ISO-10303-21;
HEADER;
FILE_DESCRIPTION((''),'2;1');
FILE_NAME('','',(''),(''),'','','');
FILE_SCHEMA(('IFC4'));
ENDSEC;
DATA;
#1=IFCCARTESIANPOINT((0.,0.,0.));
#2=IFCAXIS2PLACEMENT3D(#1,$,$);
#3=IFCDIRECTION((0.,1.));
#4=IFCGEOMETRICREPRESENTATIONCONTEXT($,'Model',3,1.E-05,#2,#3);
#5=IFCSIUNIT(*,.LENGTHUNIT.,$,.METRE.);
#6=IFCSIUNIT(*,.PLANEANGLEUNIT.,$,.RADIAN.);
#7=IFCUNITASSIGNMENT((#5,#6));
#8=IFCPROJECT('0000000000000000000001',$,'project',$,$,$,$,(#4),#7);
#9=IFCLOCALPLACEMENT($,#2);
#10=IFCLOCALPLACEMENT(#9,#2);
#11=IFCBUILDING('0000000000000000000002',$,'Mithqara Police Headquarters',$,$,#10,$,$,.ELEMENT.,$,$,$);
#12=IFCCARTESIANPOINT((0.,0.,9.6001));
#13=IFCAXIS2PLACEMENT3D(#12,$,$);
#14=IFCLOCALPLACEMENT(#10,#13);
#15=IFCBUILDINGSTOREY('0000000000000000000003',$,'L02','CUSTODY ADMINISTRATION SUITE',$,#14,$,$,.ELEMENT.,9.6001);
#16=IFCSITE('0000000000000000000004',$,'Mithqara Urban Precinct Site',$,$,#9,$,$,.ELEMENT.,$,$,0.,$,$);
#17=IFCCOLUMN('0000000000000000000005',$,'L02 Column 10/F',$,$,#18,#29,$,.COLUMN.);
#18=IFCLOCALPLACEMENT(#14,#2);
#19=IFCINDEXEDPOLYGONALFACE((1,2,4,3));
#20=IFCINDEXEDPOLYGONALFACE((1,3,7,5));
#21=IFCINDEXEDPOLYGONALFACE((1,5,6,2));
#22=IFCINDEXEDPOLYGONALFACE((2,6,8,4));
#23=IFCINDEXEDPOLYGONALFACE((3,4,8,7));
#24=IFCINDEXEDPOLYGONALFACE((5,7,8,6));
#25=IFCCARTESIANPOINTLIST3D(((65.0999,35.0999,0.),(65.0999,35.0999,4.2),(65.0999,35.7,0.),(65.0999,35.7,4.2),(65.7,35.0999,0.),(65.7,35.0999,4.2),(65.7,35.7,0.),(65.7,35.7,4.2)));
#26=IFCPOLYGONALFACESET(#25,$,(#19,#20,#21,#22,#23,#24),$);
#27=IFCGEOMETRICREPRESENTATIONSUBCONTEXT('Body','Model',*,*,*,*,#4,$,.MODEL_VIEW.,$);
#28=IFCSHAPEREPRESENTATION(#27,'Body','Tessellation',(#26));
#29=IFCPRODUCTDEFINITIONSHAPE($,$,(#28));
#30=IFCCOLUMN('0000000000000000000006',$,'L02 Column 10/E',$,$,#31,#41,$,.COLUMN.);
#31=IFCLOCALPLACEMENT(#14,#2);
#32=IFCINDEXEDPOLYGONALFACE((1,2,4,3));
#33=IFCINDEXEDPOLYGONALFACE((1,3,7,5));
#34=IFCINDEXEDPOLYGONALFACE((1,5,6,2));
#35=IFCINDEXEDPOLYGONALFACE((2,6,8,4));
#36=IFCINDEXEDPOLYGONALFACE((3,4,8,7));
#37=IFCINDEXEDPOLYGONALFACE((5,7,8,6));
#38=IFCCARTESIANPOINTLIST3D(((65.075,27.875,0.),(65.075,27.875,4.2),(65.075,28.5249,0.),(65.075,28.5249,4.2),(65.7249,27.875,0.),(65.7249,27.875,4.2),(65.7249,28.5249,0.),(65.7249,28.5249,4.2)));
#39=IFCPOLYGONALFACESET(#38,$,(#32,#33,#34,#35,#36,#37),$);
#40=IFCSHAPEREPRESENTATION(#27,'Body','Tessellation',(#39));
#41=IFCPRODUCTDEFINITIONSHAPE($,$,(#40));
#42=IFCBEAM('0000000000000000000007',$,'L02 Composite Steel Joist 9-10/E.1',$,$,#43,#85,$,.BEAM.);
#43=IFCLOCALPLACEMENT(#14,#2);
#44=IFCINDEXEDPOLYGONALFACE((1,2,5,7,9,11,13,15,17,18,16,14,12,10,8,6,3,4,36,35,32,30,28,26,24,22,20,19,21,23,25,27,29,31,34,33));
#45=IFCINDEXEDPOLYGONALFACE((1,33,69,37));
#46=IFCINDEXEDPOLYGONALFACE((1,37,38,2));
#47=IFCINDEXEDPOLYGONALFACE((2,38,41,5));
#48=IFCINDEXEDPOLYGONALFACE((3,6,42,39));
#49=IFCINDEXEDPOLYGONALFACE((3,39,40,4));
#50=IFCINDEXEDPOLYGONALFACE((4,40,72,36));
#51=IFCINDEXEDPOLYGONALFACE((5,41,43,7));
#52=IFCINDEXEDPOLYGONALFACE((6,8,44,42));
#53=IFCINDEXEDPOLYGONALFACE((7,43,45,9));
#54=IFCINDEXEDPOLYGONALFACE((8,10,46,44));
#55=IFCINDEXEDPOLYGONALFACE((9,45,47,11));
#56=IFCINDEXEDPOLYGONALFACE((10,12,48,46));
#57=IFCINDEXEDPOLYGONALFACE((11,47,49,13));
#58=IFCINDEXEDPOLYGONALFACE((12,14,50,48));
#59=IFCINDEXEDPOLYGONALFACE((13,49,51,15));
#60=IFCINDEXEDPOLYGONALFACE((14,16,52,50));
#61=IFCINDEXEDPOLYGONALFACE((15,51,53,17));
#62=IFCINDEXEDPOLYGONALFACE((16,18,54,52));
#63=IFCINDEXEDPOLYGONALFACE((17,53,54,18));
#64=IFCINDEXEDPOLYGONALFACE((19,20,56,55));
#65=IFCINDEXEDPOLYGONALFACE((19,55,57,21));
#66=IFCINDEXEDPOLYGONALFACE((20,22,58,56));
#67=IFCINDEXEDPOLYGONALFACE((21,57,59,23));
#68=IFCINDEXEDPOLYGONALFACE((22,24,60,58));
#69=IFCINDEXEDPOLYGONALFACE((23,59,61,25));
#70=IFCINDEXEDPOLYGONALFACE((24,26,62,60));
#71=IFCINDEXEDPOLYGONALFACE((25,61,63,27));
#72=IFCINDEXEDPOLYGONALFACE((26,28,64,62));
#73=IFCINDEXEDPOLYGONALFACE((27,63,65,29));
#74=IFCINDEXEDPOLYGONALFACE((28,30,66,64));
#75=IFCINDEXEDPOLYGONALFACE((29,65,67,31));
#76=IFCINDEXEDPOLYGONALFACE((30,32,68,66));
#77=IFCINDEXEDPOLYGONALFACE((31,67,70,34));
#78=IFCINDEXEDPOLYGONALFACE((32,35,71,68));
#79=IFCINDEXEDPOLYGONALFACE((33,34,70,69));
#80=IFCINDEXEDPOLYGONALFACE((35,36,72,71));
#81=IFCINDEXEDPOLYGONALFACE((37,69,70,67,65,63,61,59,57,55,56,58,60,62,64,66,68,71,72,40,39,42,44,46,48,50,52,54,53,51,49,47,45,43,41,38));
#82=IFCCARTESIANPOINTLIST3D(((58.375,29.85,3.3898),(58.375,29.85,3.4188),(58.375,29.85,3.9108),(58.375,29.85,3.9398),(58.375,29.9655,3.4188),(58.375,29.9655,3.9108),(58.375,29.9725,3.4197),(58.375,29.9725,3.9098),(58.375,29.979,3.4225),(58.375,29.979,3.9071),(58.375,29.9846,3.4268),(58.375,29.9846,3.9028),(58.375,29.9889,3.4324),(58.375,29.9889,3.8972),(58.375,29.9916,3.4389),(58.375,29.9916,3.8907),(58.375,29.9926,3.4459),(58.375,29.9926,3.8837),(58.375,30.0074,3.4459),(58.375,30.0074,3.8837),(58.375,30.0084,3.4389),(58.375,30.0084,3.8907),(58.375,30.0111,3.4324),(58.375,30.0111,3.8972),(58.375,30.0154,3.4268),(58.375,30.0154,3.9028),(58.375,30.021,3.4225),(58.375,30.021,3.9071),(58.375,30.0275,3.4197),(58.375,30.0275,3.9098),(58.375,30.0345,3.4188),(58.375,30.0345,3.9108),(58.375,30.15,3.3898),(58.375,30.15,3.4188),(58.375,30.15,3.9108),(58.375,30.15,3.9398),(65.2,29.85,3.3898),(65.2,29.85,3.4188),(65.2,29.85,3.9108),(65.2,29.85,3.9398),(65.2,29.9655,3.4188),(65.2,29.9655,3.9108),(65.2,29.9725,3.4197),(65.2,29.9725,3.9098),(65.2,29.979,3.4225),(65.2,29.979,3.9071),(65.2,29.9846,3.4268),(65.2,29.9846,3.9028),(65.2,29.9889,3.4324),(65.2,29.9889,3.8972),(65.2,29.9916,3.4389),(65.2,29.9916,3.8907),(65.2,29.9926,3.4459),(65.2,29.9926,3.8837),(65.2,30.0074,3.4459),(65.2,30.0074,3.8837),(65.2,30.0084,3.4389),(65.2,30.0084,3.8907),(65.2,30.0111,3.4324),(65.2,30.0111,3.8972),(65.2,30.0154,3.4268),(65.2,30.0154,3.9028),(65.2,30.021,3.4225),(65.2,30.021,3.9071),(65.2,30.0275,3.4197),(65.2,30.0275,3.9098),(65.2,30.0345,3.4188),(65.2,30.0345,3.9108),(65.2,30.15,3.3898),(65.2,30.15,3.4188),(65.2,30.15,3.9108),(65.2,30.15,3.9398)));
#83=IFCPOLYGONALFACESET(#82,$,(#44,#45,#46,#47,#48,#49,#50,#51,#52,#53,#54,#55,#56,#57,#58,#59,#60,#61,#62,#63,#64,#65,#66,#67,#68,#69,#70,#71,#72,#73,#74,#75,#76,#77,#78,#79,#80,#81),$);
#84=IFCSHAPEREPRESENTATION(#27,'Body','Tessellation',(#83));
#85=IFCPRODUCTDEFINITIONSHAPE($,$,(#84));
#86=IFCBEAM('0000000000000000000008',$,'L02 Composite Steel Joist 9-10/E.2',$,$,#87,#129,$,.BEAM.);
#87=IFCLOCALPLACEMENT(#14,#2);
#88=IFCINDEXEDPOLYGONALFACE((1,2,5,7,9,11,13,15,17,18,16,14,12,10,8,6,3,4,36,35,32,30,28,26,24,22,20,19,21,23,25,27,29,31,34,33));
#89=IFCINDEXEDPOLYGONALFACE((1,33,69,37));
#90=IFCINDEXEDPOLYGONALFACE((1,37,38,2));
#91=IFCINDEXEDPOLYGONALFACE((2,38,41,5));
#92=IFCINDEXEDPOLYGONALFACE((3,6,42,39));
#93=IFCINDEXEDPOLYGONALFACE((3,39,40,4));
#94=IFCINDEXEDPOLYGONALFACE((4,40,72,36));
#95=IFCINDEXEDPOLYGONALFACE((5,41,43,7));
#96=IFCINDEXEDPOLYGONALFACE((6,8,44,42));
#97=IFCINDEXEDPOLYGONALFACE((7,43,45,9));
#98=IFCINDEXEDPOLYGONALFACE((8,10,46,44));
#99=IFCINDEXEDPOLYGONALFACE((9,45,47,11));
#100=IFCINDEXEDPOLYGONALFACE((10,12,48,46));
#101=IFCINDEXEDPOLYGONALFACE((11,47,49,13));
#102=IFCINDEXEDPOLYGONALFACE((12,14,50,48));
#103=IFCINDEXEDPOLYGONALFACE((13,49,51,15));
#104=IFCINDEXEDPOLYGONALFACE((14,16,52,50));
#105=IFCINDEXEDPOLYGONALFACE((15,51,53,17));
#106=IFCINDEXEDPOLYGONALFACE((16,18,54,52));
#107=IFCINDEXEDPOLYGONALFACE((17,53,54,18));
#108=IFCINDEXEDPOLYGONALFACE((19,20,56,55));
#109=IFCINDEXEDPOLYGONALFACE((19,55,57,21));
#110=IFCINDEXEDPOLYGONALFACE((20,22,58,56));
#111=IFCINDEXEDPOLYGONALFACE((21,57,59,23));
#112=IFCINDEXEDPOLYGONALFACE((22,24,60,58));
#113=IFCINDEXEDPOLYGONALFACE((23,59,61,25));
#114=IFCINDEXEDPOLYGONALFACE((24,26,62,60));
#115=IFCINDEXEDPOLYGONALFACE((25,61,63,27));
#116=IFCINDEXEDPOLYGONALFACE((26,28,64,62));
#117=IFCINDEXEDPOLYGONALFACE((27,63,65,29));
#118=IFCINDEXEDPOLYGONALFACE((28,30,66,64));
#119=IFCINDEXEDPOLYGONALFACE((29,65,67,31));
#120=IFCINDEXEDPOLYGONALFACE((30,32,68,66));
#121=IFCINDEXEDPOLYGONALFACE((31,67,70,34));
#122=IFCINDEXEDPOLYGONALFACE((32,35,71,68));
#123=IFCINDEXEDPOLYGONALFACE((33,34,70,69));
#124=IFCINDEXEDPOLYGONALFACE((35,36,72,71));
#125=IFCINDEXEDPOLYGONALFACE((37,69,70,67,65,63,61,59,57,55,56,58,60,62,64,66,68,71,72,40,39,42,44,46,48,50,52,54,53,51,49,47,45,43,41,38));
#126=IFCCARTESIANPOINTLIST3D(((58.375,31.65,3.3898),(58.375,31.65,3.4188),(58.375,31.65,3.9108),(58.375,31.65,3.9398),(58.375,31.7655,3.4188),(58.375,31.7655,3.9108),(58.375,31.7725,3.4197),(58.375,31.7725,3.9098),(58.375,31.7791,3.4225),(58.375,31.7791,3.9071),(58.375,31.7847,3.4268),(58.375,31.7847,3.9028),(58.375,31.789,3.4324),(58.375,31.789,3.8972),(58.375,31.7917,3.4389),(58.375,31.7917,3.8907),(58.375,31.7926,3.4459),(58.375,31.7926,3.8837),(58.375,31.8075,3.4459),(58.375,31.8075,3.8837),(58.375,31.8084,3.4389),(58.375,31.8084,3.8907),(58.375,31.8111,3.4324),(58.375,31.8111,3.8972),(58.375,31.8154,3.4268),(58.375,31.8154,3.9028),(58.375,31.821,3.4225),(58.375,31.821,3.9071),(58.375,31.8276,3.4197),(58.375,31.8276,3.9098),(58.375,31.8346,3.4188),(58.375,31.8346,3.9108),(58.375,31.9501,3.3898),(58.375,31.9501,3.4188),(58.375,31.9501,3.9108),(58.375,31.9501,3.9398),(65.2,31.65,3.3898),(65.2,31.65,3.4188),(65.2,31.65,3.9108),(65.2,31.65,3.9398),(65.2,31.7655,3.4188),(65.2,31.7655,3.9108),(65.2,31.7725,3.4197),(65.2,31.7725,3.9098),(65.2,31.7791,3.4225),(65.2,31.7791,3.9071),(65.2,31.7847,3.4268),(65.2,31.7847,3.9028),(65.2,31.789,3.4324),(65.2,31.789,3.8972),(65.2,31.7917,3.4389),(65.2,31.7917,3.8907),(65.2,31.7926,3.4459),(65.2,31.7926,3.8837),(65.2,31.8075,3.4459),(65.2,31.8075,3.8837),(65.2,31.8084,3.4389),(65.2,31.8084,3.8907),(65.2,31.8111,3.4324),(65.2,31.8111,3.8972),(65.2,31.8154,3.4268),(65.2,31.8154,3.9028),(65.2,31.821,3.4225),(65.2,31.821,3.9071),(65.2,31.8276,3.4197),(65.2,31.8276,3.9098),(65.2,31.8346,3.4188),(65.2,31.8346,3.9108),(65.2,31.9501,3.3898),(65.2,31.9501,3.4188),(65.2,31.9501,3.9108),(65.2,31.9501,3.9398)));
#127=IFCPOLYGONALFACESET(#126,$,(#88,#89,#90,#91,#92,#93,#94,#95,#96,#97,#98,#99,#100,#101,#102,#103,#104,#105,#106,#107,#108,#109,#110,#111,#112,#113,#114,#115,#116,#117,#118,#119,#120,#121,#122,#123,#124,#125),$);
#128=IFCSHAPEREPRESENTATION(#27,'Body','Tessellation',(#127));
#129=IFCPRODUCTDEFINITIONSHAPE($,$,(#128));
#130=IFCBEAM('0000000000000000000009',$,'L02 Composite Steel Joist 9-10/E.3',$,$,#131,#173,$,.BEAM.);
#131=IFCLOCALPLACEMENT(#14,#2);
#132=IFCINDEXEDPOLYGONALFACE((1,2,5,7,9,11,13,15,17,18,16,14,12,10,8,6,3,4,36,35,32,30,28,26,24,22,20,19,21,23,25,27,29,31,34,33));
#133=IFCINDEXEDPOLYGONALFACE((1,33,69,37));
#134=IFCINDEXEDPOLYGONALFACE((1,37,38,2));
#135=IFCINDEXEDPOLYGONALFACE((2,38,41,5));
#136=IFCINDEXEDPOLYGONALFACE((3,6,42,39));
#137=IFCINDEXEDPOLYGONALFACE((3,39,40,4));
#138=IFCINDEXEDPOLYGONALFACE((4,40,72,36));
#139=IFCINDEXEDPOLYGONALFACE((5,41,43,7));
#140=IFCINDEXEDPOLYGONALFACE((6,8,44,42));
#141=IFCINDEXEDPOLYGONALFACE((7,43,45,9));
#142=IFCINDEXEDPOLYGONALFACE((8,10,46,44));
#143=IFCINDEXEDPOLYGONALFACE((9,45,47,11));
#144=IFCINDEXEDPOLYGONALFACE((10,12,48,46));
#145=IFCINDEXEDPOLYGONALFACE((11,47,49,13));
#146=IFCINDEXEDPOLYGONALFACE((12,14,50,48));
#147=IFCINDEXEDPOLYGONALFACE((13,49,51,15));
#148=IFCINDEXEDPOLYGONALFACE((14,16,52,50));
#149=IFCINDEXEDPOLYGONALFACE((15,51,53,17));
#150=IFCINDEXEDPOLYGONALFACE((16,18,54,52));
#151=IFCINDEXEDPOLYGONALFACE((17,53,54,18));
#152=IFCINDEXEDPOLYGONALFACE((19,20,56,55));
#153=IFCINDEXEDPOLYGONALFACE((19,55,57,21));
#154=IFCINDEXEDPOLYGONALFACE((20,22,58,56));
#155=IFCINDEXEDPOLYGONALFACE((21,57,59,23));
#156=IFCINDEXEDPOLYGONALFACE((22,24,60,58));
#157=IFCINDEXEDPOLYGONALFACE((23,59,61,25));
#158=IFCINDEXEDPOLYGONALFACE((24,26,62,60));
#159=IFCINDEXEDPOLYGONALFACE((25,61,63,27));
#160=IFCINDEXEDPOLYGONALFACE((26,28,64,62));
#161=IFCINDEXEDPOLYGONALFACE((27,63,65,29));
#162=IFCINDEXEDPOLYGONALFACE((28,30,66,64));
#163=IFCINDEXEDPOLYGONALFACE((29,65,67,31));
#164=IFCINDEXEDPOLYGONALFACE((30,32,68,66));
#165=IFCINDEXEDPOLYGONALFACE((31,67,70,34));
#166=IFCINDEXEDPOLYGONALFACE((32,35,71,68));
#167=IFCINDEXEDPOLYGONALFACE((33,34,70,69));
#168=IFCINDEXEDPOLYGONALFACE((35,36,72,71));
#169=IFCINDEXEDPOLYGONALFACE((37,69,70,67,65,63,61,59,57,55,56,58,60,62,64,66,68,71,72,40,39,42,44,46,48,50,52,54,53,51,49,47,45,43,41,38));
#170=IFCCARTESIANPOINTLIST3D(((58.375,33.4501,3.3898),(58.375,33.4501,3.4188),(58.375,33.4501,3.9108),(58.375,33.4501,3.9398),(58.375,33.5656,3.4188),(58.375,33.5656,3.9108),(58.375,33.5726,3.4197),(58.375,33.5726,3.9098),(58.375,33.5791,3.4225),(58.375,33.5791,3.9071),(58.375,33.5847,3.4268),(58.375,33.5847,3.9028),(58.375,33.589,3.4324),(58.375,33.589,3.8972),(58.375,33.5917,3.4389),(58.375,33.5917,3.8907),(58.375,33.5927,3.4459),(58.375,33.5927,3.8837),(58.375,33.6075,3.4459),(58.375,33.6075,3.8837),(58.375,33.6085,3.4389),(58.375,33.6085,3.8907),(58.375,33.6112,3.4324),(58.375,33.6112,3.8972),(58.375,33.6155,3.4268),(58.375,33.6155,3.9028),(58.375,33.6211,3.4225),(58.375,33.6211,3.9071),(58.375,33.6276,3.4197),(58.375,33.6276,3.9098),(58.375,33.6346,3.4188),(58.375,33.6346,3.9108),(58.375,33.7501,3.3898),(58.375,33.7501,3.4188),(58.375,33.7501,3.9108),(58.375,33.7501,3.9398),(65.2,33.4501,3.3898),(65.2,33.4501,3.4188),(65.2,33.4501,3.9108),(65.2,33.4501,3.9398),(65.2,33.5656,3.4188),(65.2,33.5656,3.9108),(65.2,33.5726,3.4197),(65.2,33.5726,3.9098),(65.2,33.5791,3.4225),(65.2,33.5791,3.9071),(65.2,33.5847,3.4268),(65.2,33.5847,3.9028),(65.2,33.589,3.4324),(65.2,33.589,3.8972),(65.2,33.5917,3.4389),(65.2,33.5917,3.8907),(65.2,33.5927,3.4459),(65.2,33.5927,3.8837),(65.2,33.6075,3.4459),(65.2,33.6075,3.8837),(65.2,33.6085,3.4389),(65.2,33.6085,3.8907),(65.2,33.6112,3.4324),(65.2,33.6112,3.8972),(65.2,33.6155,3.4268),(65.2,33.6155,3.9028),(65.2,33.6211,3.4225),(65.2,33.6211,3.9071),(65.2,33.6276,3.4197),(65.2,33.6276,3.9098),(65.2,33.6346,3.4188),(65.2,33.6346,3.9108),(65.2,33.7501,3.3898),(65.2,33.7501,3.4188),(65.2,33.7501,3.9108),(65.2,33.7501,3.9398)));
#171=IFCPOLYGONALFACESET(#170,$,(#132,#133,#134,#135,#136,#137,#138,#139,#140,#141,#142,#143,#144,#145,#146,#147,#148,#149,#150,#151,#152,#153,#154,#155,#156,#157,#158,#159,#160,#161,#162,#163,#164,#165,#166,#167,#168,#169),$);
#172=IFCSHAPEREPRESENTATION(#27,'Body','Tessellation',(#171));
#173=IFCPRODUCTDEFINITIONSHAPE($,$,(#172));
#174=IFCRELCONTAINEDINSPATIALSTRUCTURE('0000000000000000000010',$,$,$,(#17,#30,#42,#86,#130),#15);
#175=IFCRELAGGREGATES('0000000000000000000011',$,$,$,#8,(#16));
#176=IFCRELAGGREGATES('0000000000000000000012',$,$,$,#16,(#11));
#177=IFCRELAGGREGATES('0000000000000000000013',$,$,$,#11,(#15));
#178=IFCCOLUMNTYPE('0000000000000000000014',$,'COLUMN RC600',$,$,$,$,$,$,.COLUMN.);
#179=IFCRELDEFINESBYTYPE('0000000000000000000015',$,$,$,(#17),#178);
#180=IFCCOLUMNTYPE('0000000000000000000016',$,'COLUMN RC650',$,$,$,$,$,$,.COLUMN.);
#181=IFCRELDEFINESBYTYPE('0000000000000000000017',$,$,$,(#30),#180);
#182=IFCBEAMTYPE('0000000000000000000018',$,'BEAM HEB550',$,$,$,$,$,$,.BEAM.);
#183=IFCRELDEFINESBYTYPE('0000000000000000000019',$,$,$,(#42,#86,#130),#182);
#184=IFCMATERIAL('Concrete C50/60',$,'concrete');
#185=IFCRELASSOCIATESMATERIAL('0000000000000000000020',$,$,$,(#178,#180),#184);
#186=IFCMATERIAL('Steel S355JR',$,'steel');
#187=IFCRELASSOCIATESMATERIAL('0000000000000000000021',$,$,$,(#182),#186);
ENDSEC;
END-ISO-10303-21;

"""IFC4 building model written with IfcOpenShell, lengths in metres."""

from ifc_helpers import new_model, si_unit, direction, frame, origin, origin_2d, place, context, subcontext, project, spatial, rectangle, i_section, extrude, material, material_profile, profile_set, type_object, element, save


model = new_model("IFC4")

# Units and contexts
model_context = context("Model", 3, precision=1e-05, world=origin(), true_north=direction((0.0, 1.0)))
body_context = subcontext(model_context, "Body", "Model", "MODEL_VIEW")
ifc_project = project(units=[si_unit("LENGTHUNIT", "METRE"), si_unit("PLANEANGLEUNIT", "RADIAN")], contexts=[model_context])

# Site, building, storey
site_placement = place(None, origin())
site = spatial("IfcSite", under=ifc_project, at=site_placement, Name="Mithqara Urban Precinct Site", CompositionType="ELEMENT", RefElevation=0.0)
building_placement = place(site_placement, origin())
building = spatial("IfcBuilding", under=site, at=building_placement, Name="Mithqara Police Headquarters", CompositionType="ELEMENT")
storey_placement = place(building_placement, frame((0.0, 0.0, 9.6001)))
storey = spatial("IfcBuildingStorey", under=building, at=storey_placement, Name="L02", Description="CUSTODY ADMINISTRATION SUITE", CompositionType="ELEMENT", Elevation=9.6001)

# Columns
ifc_material_1 = material(Name="Concrete C50/60", Category="concrete")
ifc_material_profile_1 = material_profile(ifc_material_1, rectangle(XDim=0.6001, YDim=0.6001, at=origin_2d()), Name="RC 600x600")
ifc_profile_set_1 = profile_set([ifc_material_profile_1], Name="Concrete C50/60")
column_type_1 = type_object("IfcColumnType", Name="COLUMN RC600", PredefinedType="COLUMN", material=ifc_profile_set_1)
column_1_placement = place(storey_placement, frame((65.3999, 35.3999, 0.0), z_axis=(0.0, 0.0, 1.0), x_axis=(1.0, 0.0, 0.0)))
element("IfcColumn", 1, at=column_1_placement, inside=storey, type_object=column_type_1, Name="L02 Column 10/F", PredefinedType="COLUMN", context=body_context, shape_type="SweptSolid", body=[
    extrude(rectangle(XDim=0.6001, YDim=0.6001, at=origin_2d()), origin(), (0.0, 0.0, 1.0), 4.2),
])
ifc_material_profile_2 = material_profile(ifc_material_1, rectangle(XDim=0.6499, YDim=0.6499, at=origin_2d()), Name="RC 650x650")
ifc_profile_set_2 = profile_set([ifc_material_profile_2], Name="Concrete C50/60")
column_type_2 = type_object("IfcColumnType", Name="COLUMN RC650", PredefinedType="COLUMN", material=ifc_profile_set_2)
column_2_placement = place(storey_placement, frame((65.3999, 28.2, 0.0), z_axis=(0.0, 0.0, 1.0), x_axis=(1.0, 0.0, 0.0)))
element("IfcColumn", 2, at=column_2_placement, inside=storey, type_object=column_type_2, Name="L02 Column 10/E", PredefinedType="COLUMN", context=body_context, shape_type="SweptSolid", body=[
    extrude(rectangle(XDim=0.6499, YDim=0.6499, at=origin_2d()), origin(), (0.0, 0.0, 1.0), 4.2),
])

# Beams
ifc_material_2 = material(Name="Steel S355JR", Category="steel")
ifc_material_profile_3 = material_profile(ifc_material_2, i_section(OverallWidth=0.3, OverallDepth=0.55, WebThickness=0.0149, FlangeThickness=0.0291, FilletRadius=0.0271, at=origin_2d()), Name="HEB 550")
ifc_profile_set_3 = profile_set([ifc_material_profile_3], Name="Steel S355JR")
beam_type_1 = type_object("IfcBeamType", Name="BEAM HEB550", PredefinedType="BEAM", material=ifc_profile_set_3)
for number, where, z_axis, x_axis, name in (
    (3, (58.375, 30.0, 3.6648), (1.0, 0.0, 0.0), (0.0, 1.0, 0.0), "L02 Composite Steel Joist 9-10/E.1"),
    (4, (58.375, 31.8, 3.6648), (1.0, 0.0, 0.0), (0.0, 1.0, 0.0), "L02 Composite Steel Joist 9-10/E.2"),
    (5, (58.375, 33.6001, 3.6648), (1.0, 0.0, 0.0), (0.0, 1.0, 0.0), "L02 Composite Steel Joist 9-10/E.3"),
):
    element("IfcBeam", number, at=place(storey_placement, frame(where, z_axis=z_axis, x_axis=x_axis)), inside=storey, type_object=beam_type_1, Name=name, PredefinedType="BEAM", context=body_context, shape_type="SweptSolid", body=[
        extrude(i_section(OverallWidth=0.3, OverallDepth=0.55, WebThickness=0.0149, FlangeThickness=0.0291, FilletRadius=0.0271, at=origin_2d()), origin(), (0.0, 0.0, 1.0), 6.825),
    ])

save(model, "model.ifc")
